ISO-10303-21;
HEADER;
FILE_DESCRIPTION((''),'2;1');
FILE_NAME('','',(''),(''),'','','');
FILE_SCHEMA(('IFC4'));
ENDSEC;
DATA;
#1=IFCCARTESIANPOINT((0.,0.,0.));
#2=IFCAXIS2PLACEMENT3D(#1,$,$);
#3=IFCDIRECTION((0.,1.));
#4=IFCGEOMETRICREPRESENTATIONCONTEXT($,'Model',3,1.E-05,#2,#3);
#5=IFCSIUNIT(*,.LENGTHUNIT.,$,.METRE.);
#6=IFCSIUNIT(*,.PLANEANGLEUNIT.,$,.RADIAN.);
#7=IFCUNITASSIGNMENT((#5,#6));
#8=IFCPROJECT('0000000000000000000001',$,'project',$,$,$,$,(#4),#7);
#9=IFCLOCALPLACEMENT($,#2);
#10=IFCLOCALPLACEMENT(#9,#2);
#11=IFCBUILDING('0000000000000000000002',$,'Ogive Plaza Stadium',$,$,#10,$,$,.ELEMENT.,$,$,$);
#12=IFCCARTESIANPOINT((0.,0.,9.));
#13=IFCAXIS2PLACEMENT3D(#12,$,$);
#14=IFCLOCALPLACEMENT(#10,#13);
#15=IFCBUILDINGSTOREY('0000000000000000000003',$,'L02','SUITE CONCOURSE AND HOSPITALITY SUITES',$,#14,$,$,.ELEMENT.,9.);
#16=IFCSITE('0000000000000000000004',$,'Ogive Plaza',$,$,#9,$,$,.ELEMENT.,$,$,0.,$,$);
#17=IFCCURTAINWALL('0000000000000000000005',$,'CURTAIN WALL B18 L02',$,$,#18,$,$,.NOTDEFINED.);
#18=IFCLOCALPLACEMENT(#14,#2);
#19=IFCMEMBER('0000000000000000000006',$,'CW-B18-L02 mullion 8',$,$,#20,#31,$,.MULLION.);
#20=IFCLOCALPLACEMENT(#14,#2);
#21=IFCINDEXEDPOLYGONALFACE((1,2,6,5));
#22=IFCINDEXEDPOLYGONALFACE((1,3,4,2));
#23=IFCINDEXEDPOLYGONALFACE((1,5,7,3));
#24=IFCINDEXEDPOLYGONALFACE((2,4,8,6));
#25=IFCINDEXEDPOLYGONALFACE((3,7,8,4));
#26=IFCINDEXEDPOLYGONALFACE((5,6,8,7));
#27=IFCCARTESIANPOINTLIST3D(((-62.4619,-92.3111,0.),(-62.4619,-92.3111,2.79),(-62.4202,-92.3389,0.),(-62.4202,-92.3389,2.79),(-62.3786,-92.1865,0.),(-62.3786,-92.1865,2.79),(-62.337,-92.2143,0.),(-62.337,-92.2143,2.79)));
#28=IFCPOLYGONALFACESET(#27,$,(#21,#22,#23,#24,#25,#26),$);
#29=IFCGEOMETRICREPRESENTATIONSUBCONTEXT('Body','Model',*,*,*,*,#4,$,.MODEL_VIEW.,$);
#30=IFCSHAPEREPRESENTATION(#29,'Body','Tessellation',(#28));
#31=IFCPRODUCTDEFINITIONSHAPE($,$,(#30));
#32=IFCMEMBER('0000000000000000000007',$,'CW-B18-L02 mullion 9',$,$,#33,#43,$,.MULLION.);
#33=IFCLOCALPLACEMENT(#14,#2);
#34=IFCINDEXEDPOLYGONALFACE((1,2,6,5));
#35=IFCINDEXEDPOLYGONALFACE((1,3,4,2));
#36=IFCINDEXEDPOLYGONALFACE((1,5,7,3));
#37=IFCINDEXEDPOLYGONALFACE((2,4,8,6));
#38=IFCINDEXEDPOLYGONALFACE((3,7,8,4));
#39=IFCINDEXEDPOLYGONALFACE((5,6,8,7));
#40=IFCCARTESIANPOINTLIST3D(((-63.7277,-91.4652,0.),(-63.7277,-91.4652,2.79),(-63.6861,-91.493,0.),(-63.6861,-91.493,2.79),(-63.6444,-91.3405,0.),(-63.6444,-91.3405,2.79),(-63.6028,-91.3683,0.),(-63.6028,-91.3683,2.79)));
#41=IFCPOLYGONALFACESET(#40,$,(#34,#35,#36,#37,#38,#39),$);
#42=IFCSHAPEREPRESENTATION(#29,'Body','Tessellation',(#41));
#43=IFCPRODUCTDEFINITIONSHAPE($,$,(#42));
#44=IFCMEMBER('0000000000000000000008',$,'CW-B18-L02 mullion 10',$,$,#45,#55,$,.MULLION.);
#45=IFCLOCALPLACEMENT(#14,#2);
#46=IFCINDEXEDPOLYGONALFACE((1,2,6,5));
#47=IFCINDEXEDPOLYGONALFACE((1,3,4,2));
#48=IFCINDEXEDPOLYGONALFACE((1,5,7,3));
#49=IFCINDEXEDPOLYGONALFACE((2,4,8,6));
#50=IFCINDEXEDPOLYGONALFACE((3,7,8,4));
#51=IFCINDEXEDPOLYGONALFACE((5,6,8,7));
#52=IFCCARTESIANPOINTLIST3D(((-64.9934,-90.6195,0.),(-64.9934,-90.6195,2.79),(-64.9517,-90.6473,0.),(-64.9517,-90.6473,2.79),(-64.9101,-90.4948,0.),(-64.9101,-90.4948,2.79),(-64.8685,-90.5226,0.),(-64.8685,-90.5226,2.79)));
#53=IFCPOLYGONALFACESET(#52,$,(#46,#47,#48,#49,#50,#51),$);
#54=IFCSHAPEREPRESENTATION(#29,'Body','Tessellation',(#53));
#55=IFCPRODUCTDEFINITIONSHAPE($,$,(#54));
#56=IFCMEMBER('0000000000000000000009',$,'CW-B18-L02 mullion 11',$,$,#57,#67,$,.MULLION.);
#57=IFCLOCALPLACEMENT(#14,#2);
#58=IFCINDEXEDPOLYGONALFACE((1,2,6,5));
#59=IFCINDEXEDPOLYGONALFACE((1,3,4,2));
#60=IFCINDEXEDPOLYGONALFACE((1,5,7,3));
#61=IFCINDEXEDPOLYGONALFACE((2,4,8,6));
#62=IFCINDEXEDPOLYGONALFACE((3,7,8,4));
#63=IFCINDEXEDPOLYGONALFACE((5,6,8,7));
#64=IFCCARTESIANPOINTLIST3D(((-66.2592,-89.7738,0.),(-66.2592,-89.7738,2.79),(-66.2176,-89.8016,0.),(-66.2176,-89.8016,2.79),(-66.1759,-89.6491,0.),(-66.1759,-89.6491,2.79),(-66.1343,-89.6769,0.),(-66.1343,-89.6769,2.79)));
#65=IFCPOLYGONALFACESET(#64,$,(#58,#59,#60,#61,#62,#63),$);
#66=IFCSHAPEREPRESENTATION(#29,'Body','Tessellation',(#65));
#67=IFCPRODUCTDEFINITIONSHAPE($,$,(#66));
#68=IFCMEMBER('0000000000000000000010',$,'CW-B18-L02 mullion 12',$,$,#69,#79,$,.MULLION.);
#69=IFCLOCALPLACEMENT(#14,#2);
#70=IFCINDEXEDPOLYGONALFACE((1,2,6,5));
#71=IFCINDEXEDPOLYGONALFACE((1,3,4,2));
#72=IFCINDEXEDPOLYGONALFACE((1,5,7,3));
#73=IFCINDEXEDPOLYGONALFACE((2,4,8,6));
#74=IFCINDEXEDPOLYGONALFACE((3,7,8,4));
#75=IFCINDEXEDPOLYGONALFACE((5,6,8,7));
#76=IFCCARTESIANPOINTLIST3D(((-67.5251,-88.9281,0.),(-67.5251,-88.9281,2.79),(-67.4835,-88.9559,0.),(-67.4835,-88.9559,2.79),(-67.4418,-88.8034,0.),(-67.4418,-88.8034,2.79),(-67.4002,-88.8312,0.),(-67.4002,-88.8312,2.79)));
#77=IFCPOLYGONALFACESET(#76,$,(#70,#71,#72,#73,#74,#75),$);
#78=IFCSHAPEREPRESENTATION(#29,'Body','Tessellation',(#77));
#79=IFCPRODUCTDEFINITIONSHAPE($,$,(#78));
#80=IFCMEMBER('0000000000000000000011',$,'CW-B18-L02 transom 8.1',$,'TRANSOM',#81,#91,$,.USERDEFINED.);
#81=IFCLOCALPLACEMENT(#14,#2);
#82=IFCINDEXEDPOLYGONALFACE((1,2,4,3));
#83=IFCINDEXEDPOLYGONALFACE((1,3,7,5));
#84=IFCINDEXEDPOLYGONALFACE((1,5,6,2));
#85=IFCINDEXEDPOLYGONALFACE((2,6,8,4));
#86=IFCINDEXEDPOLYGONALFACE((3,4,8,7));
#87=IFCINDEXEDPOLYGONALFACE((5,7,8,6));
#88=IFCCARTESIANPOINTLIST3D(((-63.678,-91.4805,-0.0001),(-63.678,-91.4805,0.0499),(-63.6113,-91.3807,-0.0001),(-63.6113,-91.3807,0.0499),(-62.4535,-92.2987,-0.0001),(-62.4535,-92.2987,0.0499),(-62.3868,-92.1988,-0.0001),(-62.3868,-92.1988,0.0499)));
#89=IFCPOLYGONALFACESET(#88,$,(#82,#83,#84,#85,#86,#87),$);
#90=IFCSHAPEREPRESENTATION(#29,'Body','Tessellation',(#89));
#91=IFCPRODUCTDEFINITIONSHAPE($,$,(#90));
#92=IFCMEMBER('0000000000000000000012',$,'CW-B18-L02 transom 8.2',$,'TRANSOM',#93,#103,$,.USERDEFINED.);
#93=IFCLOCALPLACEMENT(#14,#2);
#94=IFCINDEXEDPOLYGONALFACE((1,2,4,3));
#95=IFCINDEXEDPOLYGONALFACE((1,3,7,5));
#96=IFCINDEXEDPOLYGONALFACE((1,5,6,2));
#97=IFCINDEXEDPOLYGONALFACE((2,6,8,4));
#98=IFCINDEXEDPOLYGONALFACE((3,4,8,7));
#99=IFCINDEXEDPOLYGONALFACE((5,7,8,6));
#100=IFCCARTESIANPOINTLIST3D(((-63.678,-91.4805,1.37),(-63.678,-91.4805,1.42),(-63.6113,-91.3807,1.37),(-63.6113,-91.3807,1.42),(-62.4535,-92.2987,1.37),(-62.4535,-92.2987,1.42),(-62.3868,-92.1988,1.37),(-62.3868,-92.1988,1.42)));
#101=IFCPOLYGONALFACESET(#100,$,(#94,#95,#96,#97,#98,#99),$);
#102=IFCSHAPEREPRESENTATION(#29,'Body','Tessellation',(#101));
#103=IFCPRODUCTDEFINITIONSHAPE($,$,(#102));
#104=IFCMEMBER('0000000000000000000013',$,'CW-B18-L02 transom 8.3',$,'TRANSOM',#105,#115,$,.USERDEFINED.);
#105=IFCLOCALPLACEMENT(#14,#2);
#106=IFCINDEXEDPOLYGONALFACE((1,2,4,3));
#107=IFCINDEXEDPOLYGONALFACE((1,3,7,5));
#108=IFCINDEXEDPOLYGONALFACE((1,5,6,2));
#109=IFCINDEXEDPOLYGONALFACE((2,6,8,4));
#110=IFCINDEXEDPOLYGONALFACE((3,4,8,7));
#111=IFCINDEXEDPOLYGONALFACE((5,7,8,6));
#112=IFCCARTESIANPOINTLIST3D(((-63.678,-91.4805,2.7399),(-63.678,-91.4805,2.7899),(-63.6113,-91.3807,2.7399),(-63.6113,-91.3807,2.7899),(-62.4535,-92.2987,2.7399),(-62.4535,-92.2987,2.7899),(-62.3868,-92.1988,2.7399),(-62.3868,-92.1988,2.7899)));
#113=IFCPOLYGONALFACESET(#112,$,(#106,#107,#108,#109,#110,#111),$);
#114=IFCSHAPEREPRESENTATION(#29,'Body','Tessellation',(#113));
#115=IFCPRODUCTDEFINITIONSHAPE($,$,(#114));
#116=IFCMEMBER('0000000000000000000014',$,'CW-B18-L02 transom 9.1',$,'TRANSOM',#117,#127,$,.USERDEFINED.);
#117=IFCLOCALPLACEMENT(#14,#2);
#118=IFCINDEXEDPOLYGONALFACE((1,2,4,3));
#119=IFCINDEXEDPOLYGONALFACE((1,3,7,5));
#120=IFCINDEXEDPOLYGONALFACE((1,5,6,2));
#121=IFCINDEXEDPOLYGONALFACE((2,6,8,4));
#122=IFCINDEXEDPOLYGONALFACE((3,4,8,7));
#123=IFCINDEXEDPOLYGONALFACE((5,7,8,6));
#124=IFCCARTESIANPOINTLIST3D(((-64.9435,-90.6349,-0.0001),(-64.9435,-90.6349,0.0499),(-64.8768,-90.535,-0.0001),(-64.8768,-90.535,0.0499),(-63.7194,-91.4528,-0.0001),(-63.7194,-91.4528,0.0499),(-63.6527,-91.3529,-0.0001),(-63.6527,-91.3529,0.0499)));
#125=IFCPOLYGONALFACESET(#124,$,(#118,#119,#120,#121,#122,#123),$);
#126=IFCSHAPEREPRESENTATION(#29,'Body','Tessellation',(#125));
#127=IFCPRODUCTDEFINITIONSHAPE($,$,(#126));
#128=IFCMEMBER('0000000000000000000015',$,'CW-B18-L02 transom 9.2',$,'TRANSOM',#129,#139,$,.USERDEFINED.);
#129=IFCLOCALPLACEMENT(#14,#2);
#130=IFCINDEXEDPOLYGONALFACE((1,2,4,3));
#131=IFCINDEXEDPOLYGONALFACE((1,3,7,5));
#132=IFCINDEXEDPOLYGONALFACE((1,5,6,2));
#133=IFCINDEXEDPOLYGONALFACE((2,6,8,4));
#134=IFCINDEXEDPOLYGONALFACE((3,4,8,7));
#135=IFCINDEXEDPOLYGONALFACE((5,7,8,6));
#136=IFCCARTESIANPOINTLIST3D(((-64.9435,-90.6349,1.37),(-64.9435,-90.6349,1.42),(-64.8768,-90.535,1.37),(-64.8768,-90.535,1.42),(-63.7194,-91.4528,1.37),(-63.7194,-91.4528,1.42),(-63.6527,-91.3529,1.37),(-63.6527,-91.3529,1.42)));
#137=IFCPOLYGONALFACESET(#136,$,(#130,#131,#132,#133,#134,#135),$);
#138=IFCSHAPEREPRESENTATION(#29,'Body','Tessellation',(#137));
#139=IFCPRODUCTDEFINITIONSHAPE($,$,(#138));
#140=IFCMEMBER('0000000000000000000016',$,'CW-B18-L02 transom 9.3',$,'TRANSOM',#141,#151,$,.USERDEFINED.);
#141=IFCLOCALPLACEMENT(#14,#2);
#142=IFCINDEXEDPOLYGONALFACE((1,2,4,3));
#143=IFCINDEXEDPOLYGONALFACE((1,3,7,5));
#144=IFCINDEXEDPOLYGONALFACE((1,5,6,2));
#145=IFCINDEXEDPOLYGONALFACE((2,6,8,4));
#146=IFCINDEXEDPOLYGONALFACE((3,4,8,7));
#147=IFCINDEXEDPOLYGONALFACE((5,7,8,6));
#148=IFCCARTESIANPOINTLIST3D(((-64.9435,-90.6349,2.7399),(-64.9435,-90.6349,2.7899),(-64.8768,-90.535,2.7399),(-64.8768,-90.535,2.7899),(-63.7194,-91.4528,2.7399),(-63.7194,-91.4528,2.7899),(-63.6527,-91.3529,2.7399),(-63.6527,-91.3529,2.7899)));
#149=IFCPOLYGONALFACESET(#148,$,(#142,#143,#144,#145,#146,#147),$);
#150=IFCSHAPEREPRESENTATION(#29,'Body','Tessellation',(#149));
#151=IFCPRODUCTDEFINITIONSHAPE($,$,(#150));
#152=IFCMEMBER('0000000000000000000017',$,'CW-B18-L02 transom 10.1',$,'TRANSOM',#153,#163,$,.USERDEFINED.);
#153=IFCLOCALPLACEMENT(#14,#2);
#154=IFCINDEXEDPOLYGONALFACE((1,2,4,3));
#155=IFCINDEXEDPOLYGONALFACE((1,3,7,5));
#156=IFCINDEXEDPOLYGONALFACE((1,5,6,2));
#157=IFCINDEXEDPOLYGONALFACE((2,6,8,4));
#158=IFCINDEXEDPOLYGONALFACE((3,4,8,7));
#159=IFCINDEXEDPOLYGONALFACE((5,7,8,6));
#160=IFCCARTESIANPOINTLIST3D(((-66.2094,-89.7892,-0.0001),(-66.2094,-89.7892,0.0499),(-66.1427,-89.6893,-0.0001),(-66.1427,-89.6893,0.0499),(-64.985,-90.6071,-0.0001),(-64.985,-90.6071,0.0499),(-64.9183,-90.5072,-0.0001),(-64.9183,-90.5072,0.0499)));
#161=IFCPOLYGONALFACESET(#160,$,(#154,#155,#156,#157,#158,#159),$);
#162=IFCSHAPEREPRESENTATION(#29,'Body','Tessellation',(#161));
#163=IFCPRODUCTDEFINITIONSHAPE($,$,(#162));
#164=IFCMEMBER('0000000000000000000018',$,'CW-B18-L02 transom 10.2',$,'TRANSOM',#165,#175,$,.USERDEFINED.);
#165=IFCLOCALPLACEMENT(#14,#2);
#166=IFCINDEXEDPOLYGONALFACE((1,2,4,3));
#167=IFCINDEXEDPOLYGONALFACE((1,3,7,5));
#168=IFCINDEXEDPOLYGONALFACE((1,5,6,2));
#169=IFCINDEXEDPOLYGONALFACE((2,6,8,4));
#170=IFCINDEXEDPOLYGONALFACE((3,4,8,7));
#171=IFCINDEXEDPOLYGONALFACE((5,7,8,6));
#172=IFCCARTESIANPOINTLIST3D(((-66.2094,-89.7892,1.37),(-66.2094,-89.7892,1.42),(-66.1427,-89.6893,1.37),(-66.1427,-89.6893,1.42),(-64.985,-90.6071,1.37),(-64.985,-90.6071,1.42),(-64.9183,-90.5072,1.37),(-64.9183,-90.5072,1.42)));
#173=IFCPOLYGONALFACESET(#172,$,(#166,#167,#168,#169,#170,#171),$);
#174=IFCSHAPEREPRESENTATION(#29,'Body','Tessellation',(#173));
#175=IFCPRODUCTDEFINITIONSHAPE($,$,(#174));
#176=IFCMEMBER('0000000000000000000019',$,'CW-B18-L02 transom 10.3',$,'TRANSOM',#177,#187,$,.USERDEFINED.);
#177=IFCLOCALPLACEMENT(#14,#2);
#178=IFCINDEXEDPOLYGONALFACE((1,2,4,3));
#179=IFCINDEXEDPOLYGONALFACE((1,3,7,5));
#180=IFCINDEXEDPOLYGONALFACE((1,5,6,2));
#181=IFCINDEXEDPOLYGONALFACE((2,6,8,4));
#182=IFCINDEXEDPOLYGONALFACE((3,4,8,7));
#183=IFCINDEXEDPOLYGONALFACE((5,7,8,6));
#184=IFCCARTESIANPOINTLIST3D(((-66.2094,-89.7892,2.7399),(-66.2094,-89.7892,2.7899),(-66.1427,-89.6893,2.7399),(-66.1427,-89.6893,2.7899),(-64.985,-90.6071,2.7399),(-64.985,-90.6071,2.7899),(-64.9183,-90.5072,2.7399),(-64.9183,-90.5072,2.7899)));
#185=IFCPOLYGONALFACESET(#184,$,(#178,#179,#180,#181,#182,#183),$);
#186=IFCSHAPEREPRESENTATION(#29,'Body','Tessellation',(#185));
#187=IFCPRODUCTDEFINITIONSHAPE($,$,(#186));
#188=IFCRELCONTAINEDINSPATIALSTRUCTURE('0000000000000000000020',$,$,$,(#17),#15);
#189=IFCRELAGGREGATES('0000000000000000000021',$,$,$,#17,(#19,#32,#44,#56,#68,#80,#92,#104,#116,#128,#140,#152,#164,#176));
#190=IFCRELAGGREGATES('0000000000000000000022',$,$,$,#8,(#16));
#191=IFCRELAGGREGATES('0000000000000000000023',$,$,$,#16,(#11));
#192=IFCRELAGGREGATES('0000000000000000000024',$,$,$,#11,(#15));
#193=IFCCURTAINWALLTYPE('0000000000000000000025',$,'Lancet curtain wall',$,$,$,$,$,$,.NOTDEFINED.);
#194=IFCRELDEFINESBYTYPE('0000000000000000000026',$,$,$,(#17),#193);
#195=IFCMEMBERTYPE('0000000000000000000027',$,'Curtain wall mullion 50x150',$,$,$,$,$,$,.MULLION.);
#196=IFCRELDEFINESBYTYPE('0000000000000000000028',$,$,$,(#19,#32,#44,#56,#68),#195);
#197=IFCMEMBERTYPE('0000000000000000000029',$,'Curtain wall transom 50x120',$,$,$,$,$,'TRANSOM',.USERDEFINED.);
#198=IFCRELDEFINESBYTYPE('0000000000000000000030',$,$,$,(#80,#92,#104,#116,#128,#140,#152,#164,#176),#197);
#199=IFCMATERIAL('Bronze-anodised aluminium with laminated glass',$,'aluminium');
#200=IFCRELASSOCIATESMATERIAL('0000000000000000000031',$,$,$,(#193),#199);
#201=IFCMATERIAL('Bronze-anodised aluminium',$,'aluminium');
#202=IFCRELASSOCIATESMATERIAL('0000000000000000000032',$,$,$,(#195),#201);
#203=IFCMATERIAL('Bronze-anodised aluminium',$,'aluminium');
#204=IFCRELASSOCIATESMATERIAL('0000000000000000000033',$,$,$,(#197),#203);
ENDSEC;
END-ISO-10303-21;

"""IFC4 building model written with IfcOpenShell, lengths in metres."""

from ifc_helpers import new_model, si_unit, direction, frame, origin, origin_2d, place, context, subcontext, project, spatial, rectangle, extrude, material, material_profile, profile_set, type_object, element, aggregate, save


model = new_model("IFC4")

# Units and contexts
model_context = context("Model", 3, precision=1e-05, world=origin(), true_north=direction((0.0, 1.0)))
body_context = subcontext(model_context, "Body", "Model", "MODEL_VIEW")
ifc_project = project(units=[si_unit("LENGTHUNIT", "METRE"), si_unit("PLANEANGLEUNIT", "RADIAN")], contexts=[model_context])

# Site, building, storey
site_placement = place(None, origin())
site = spatial("IfcSite", under=ifc_project, at=site_placement, Name="Ogive Plaza", CompositionType="ELEMENT", RefElevation=0.0)
building_placement = place(site_placement, origin())
building = spatial("IfcBuilding", under=site, at=building_placement, Name="Ogive Plaza Stadium", CompositionType="ELEMENT")
storey_placement = place(building_placement, frame((0.0, 0.0, 9.0)))
storey = spatial("IfcBuildingStorey", under=building, at=storey_placement, Name="L02", Description="SUITE CONCOURSE AND HOSPITALITY SUITES", CompositionType="ELEMENT", Elevation=9.0)

# Curtain wall, members
ifc_material_1 = material(Name="Bronze-anodised aluminium with laminated glass", Category="aluminium")
curtain_wall_type = type_object("IfcCurtainWallType", Name="Lancet curtain wall", PredefinedType="NOTDEFINED", material=ifc_material_1)
curtain_wall_placement = place(storey_placement, origin())
curtain_wall = element("IfcCurtainWall", 1, at=curtain_wall_placement, inside=storey, type_object=curtain_wall_type, Name="CURTAIN WALL B18 L02", PredefinedType="NOTDEFINED")
ifc_material_2 = material(Name="Bronze-anodised aluminium", Category="aluminium")
ifc_material_profile_1 = material_profile(ifc_material_2, rectangle(XDim=0.1499, YDim=0.05, at=origin_2d()), Name="AL 150x50")
ifc_profile_set_1 = profile_set([ifc_material_profile_1], Name="Bronze-anodised aluminium")
member_type_1 = type_object("IfcMemberType", Name="Curtain wall mullion 50x150", PredefinedType="MULLION", material=ifc_profile_set_1)
member_1_placement = place(storey_placement, frame((-62.3994, -92.2627, 0.0), z_axis=(0.0, 0.0, 1.0), x_axis=(-0.55557, -0.83147, 0.0)))
member_1 = element("IfcMember", 2, at=member_1_placement, type_object=member_type_1, Name="CW-B18-L02 mullion 8", PredefinedType="MULLION", context=body_context, shape_type="SweptSolid", body=[
    extrude(rectangle(XDim=0.1499, YDim=0.05, at=origin_2d()), origin(), (0.0, 0.0, 1.0), 2.79),
])
member_2_placement = place(storey_placement, frame((-63.6653, -91.4167, 0.0), z_axis=(0.0, 0.0, 1.0), x_axis=(-0.55557, -0.83147, 0.0)))
member_2 = element("IfcMember", 3, at=member_2_placement, type_object=member_type_1, Name="CW-B18-L02 mullion 9", PredefinedType="MULLION", context=body_context, shape_type="SweptSolid", body=[
    extrude(rectangle(XDim=0.1499, YDim=0.05, at=origin_2d()), origin(), (0.0, 0.0, 1.0), 2.79),
])
member_3_placement = place(storey_placement, frame((-64.9309, -90.571, 0.0), z_axis=(0.0, 0.0, 1.0), x_axis=(-0.55557, -0.83147, 0.0)))
member_3 = element("IfcMember", 4, at=member_3_placement, type_object=member_type_1, Name="CW-B18-L02 mullion 10", PredefinedType="MULLION", context=body_context, shape_type="SweptSolid", body=[
    extrude(rectangle(XDim=0.1499, YDim=0.05, at=origin_2d()), origin(), (0.0, 0.0, 1.0), 2.79),
])
member_4_placement = place(storey_placement, frame((-66.1968, -89.7253, 0.0), z_axis=(0.0, 0.0, 1.0), x_axis=(-0.55557, -0.83147, 0.0)))
member_4 = element("IfcMember", 5, at=member_4_placement, type_object=member_type_1, Name="CW-B18-L02 mullion 11", PredefinedType="MULLION", context=body_context, shape_type="SweptSolid", body=[
    extrude(rectangle(XDim=0.1499, YDim=0.05, at=origin_2d()), origin(), (0.0, 0.0, 1.0), 2.79),
])
member_5_placement = place(storey_placement, frame((-67.4626, -88.8796, 0.0), z_axis=(0.0, 0.0, 1.0), x_axis=(-0.55557, -0.83147, 0.0)))
member_5 = element("IfcMember", 6, at=member_5_placement, type_object=member_type_1, Name="CW-B18-L02 mullion 12", PredefinedType="MULLION", context=body_context, shape_type="SweptSolid", body=[
    extrude(rectangle(XDim=0.1499, YDim=0.05, at=origin_2d()), origin(), (0.0, 0.0, 1.0), 2.79),
])
ifc_material_3 = material(Name="Bronze-anodised aluminium", Category="aluminium")
ifc_material_profile_2 = material_profile(ifc_material_3, rectangle(XDim=0.1201, YDim=0.05, at=origin_2d()), Name="AL 120x50")
ifc_profile_set_2 = profile_set([ifc_material_profile_2], Name="Bronze-anodised aluminium")
member_type_2 = type_object("IfcMemberType", Name="Curtain wall transom 50x120", ElementType="TRANSOM", PredefinedType="USERDEFINED", material=ifc_profile_set_2)
member_6_placement = place(storey_placement, frame((-62.4202, -92.2488, 0.0249), z_axis=(-0.831463, 0.55558, 0.0), x_axis=(-0.55558, -0.831463, 0.0)))
member_6 = element("IfcMember", 7, at=member_6_placement, type_object=member_type_2, Name="CW-B18-L02 transom 8.1", ObjectType="TRANSOM", PredefinedType="USERDEFINED", context=body_context, shape_type="SweptSolid", body=[
    extrude(rectangle(XDim=0.1201, YDim=0.05, at=origin_2d()), origin(), (0.0, 0.0, 1.0), 1.4727),
])
member_7_placement = place(storey_placement, frame((-62.4202, -92.2488, 1.395), z_axis=(-0.831463, 0.55558, 0.0), x_axis=(-0.55558, -0.831463, 0.0)))
member_7 = element("IfcMember", 8, at=member_7_placement, type_object=member_type_2, Name="CW-B18-L02 transom 8.2", ObjectType="TRANSOM", PredefinedType="USERDEFINED", context=body_context, shape_type="SweptSolid", body=[
    extrude(rectangle(XDim=0.1201, YDim=0.05, at=origin_2d()), origin(), (0.0, 0.0, 1.0), 1.4727),
])
member_8_placement = place(storey_placement, frame((-62.4202, -92.2488, 2.7649), z_axis=(-0.831463, 0.55558, 0.0), x_axis=(-0.55558, -0.831463, 0.0)))
member_8 = element("IfcMember", 9, at=member_8_placement, type_object=member_type_2, Name="CW-B18-L02 transom 8.3", ObjectType="TRANSOM", PredefinedType="USERDEFINED", context=body_context, shape_type="SweptSolid", body=[
    extrude(rectangle(XDim=0.1201, YDim=0.05, at=origin_2d()), origin(), (0.0, 0.0, 1.0), 1.4727),
])
member_9_placement = place(storey_placement, frame((-63.686, -91.4028, 0.0249), z_axis=(-0.831489, 0.555542, 0.0), x_axis=(-0.555542, -0.831489, 0.0)))
member_9 = element("IfcMember", 10, at=member_9_placement, type_object=member_type_2, Name="CW-B18-L02 transom 9.1", ObjectType="TRANSOM", PredefinedType="USERDEFINED", context=body_context, shape_type="SweptSolid", body=[
    extrude(rectangle(XDim=0.1201, YDim=0.05, at=origin_2d()), origin(), (0.0, 0.0, 1.0), 1.4722),
])
member_10_placement = place(storey_placement, frame((-63.686, -91.4028, 1.395), z_axis=(-0.831489, 0.555542, 0.0), x_axis=(-0.555542, -0.831489, 0.0)))
member_10 = element("IfcMember", 11, at=member_10_placement, type_object=member_type_2, Name="CW-B18-L02 transom 9.2", ObjectType="TRANSOM", PredefinedType="USERDEFINED", context=body_context, shape_type="SweptSolid", body=[
    extrude(rectangle(XDim=0.1201, YDim=0.05, at=origin_2d()), origin(), (0.0, 0.0, 1.0), 1.4722),
])
member_11_placement = place(storey_placement, frame((-63.686, -91.4028, 2.7649), z_axis=(-0.831489, 0.555542, 0.0), x_axis=(-0.555542, -0.831489, 0.0)))
member_11 = element("IfcMember", 12, at=member_11_placement, type_object=member_type_2, Name="CW-B18-L02 transom 9.3", ObjectType="TRANSOM", PredefinedType="USERDEFINED", context=body_context, shape_type="SweptSolid", body=[
    extrude(rectangle(XDim=0.1201, YDim=0.05, at=origin_2d()), origin(), (0.0, 0.0, 1.0), 1.4722),
])
member_12_placement = place(storey_placement, frame((-64.9517, -90.5571, 0.0249), z_axis=(-0.83154, 0.555465, 0.0), x_axis=(-0.555465, -0.83154, 0.0)))
member_12 = element("IfcMember", 13, at=member_12_placement, type_object=member_type_2, Name="CW-B18-L02 transom 10.1", ObjectType="TRANSOM", PredefinedType="USERDEFINED", context=body_context, shape_type="SweptSolid", body=[
    extrude(rectangle(XDim=0.1201, YDim=0.05, at=origin_2d()), origin(), (0.0, 0.0, 1.0), 1.4724),
])
member_13_placement = place(storey_placement, frame((-64.9517, -90.5571, 1.395), z_axis=(-0.83154, 0.555465, 0.0), x_axis=(-0.555465, -0.83154, 0.0)))
member_13 = element("IfcMember", 14, at=member_13_placement, type_object=member_type_2, Name="CW-B18-L02 transom 10.2", ObjectType="TRANSOM", PredefinedType="USERDEFINED", context=body_context, shape_type="SweptSolid", body=[
    extrude(rectangle(XDim=0.1201, YDim=0.05, at=origin_2d()), origin(), (0.0, 0.0, 1.0), 1.4724),
])
member_14_placement = place(storey_placement, frame((-64.9517, -90.5571, 2.7649), z_axis=(-0.83154, 0.555465, 0.0), x_axis=(-0.555465, -0.83154, 0.0)))
member_14 = element("IfcMember", 15, at=member_14_placement, type_object=member_type_2, Name="CW-B18-L02 transom 10.3", ObjectType="TRANSOM", PredefinedType="USERDEFINED", context=body_context, shape_type="SweptSolid", body=[
    extrude(rectangle(XDim=0.1201, YDim=0.05, at=origin_2d()), origin(), (0.0, 0.0, 1.0), 1.4724),
])
aggregate(curtain_wall, [member_1, member_2, member_3, member_4, member_5, member_6, member_7, member_8, member_9, member_10, member_11, member_12, member_13, member_14])

save(model, "model.ifc")
